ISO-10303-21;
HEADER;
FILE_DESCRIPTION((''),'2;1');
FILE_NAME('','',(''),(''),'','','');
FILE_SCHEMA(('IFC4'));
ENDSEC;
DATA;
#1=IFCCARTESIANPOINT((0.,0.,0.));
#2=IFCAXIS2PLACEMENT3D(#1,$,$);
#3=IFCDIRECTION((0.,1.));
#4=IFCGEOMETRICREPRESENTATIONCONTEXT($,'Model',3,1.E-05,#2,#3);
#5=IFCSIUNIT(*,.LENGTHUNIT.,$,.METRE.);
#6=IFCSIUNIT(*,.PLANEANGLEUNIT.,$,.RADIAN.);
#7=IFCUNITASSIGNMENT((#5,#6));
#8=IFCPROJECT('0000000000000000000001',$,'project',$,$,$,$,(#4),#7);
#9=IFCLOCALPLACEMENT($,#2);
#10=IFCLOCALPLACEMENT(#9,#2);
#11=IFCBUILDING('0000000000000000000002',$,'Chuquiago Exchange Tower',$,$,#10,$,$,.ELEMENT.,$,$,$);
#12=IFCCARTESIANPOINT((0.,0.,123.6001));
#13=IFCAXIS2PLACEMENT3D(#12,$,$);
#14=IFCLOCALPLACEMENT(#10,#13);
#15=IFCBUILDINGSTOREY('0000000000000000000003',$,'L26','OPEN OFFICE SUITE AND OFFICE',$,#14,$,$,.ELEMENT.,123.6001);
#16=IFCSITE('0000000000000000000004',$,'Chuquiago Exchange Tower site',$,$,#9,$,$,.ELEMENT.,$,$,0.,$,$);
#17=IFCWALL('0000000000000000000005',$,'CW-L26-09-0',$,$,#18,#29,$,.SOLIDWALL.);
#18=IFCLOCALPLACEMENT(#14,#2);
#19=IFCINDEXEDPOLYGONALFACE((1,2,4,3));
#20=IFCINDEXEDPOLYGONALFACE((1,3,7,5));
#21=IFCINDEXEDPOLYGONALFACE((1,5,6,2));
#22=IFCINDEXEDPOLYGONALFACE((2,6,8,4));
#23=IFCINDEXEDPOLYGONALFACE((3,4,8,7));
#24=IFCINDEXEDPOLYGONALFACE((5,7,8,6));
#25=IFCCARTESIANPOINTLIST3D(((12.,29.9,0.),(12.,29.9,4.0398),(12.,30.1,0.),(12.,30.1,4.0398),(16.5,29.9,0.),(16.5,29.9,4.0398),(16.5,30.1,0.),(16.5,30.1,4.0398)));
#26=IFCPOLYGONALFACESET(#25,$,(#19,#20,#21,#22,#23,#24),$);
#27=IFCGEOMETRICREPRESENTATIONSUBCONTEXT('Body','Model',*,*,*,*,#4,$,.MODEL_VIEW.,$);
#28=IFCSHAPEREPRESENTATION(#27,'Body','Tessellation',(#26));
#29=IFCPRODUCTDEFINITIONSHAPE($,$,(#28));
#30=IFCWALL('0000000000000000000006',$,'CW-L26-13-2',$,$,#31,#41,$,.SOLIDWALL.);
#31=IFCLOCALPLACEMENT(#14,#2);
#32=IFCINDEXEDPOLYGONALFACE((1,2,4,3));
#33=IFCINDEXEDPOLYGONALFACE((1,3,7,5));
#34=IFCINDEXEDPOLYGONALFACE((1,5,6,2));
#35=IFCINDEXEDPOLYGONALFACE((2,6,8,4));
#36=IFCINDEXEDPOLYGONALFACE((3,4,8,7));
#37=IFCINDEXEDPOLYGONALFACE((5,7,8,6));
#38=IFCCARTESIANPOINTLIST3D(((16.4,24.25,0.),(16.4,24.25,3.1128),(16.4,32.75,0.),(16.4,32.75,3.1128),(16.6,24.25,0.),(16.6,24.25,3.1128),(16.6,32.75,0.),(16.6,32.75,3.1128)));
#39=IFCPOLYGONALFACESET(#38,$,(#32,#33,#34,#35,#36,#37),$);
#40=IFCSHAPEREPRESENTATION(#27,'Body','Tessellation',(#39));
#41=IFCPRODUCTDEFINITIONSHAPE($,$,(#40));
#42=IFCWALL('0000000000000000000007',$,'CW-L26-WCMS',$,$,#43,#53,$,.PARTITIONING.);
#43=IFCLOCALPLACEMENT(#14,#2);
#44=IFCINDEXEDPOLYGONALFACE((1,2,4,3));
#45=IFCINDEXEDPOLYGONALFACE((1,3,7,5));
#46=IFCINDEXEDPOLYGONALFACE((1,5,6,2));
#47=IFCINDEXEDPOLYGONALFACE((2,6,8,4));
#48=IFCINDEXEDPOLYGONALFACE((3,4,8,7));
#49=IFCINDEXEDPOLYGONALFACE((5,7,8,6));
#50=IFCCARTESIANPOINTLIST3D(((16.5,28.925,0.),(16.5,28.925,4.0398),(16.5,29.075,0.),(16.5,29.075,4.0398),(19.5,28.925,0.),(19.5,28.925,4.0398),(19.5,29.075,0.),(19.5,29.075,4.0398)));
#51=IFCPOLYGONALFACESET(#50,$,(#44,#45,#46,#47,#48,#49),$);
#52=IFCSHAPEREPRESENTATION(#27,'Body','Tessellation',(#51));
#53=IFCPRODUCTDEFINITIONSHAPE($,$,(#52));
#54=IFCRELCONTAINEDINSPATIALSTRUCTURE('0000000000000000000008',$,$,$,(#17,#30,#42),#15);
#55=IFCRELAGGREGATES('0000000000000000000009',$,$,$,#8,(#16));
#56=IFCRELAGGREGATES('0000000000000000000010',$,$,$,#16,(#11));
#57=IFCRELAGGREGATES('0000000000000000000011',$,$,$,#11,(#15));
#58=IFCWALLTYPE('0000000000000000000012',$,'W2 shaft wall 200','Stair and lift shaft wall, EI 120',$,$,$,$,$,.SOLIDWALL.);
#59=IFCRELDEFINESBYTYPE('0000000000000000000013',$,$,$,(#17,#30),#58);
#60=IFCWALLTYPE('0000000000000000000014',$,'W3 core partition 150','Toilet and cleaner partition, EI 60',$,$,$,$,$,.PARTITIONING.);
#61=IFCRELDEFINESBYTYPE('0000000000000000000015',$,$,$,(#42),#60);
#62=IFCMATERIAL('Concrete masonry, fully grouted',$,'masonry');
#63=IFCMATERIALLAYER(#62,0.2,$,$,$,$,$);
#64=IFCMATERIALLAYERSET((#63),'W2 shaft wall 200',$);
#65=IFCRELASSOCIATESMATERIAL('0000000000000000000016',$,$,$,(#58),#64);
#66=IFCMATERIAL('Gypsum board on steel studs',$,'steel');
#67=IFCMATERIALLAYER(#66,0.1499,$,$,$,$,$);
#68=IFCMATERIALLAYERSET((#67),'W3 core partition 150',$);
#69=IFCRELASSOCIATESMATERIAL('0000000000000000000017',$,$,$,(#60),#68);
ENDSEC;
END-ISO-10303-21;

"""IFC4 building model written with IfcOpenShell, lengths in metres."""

from ifc_helpers import new_model, si_unit, direction, frame, frame_2d, origin, place, context, subcontext, project, spatial, rectangle, extrude, material, layer, layer_set, type_object, element, save


model = new_model("IFC4")

# Units and contexts
model_context = context("Model", 3, precision=1e-05, world=origin(), true_north=direction((0.0, 1.0)))
body_context = subcontext(model_context, "Body", "Model", "MODEL_VIEW")
ifc_project = project(units=[si_unit("LENGTHUNIT", "METRE"), si_unit("PLANEANGLEUNIT", "RADIAN")], contexts=[model_context])

# Site, building, storey
site_placement = place(None, origin())
site = spatial("IfcSite", under=ifc_project, at=site_placement, Name="Chuquiago Exchange Tower site", CompositionType="ELEMENT", RefElevation=0.0)
building_placement = place(site_placement, origin())
building = spatial("IfcBuilding", under=site, at=building_placement, Name="Chuquiago Exchange Tower", CompositionType="ELEMENT")
storey_placement = place(building_placement, frame((0.0, 0.0, 123.6001)))
storey = spatial("IfcBuildingStorey", under=building, at=storey_placement, Name="L26", Description="OPEN OFFICE SUITE AND OFFICE", CompositionType="ELEMENT", Elevation=123.6001)

# Shared definitions
ifc_material_1 = material(Name="Concrete masonry, fully grouted", Category="masonry")
ifc_layer_1 = layer(ifc_material_1, 0.2)
ifc_layer_set_1 = layer_set([ifc_layer_1], Name="W2 shaft wall 200")
wall_type_1 = type_object("IfcWallType", Name="W2 shaft wall 200", Description="Stair and lift shaft wall, EI 120", PredefinedType="SOLIDWALL", material=ifc_layer_set_1)

# Walls
wall_1_placement = place(storey_placement, frame((12.0, 30.0, 0.0), z_axis=(0.0, 0.0, 1.0), x_axis=(1.0, 0.0, 0.0)))
element("IfcWall", 1, at=wall_1_placement, inside=storey, type_object=wall_type_1, Name="CW-L26-09-0", PredefinedType="SOLIDWALL", context=body_context, shape_type="SweptSolid", body=[
    extrude(rectangle(XDim=4.5, YDim=0.2, at=frame_2d((2.25, 0.0))), origin(), (0.0, 0.0, 1.0), 4.0398),
])
wall_2_placement = place(storey_placement, frame((16.5, 24.25, 0.0), z_axis=(0.0, 0.0, 1.0), x_axis=(0.0, 1.0, 0.0)))
element("IfcWall", 2, at=wall_2_placement, inside=storey, type_object=wall_type_1, Name="CW-L26-13-2", PredefinedType="SOLIDWALL", context=body_context, shape_type="SweptSolid", body=[
    extrude(rectangle(XDim=8.5, YDim=0.2, at=frame_2d((4.25, 0.0))), origin(), (0.0, 0.0, 1.0), 3.1128),
])
ifc_material_2 = material(Name="Gypsum board on steel studs", Category="steel")
ifc_layer_2 = layer(ifc_material_2, 0.1499)
ifc_layer_set_2 = layer_set([ifc_layer_2], Name="W3 core partition 150")
wall_type_2 = type_object("IfcWallType", Name="W3 core partition 150", Description="Toilet and cleaner partition, EI 60", PredefinedType="PARTITIONING", material=ifc_layer_set_2)
wall_3_placement = place(storey_placement, frame((16.5, 29.0, 0.0), z_axis=(0.0, 0.0, 1.0), x_axis=(1.0, 0.0, 0.0)))
element("IfcWall", 3, at=wall_3_placement, inside=storey, type_object=wall_type_2, Name="CW-L26-WCMS", PredefinedType="PARTITIONING", context=body_context, shape_type="SweptSolid", body=[
    extrude(rectangle(XDim=3.0, YDim=0.1499, at=frame_2d((1.5, 0.0))), origin(), (0.0, 0.0, 1.0), 4.0398),
])

save(model, "model.ifc")
